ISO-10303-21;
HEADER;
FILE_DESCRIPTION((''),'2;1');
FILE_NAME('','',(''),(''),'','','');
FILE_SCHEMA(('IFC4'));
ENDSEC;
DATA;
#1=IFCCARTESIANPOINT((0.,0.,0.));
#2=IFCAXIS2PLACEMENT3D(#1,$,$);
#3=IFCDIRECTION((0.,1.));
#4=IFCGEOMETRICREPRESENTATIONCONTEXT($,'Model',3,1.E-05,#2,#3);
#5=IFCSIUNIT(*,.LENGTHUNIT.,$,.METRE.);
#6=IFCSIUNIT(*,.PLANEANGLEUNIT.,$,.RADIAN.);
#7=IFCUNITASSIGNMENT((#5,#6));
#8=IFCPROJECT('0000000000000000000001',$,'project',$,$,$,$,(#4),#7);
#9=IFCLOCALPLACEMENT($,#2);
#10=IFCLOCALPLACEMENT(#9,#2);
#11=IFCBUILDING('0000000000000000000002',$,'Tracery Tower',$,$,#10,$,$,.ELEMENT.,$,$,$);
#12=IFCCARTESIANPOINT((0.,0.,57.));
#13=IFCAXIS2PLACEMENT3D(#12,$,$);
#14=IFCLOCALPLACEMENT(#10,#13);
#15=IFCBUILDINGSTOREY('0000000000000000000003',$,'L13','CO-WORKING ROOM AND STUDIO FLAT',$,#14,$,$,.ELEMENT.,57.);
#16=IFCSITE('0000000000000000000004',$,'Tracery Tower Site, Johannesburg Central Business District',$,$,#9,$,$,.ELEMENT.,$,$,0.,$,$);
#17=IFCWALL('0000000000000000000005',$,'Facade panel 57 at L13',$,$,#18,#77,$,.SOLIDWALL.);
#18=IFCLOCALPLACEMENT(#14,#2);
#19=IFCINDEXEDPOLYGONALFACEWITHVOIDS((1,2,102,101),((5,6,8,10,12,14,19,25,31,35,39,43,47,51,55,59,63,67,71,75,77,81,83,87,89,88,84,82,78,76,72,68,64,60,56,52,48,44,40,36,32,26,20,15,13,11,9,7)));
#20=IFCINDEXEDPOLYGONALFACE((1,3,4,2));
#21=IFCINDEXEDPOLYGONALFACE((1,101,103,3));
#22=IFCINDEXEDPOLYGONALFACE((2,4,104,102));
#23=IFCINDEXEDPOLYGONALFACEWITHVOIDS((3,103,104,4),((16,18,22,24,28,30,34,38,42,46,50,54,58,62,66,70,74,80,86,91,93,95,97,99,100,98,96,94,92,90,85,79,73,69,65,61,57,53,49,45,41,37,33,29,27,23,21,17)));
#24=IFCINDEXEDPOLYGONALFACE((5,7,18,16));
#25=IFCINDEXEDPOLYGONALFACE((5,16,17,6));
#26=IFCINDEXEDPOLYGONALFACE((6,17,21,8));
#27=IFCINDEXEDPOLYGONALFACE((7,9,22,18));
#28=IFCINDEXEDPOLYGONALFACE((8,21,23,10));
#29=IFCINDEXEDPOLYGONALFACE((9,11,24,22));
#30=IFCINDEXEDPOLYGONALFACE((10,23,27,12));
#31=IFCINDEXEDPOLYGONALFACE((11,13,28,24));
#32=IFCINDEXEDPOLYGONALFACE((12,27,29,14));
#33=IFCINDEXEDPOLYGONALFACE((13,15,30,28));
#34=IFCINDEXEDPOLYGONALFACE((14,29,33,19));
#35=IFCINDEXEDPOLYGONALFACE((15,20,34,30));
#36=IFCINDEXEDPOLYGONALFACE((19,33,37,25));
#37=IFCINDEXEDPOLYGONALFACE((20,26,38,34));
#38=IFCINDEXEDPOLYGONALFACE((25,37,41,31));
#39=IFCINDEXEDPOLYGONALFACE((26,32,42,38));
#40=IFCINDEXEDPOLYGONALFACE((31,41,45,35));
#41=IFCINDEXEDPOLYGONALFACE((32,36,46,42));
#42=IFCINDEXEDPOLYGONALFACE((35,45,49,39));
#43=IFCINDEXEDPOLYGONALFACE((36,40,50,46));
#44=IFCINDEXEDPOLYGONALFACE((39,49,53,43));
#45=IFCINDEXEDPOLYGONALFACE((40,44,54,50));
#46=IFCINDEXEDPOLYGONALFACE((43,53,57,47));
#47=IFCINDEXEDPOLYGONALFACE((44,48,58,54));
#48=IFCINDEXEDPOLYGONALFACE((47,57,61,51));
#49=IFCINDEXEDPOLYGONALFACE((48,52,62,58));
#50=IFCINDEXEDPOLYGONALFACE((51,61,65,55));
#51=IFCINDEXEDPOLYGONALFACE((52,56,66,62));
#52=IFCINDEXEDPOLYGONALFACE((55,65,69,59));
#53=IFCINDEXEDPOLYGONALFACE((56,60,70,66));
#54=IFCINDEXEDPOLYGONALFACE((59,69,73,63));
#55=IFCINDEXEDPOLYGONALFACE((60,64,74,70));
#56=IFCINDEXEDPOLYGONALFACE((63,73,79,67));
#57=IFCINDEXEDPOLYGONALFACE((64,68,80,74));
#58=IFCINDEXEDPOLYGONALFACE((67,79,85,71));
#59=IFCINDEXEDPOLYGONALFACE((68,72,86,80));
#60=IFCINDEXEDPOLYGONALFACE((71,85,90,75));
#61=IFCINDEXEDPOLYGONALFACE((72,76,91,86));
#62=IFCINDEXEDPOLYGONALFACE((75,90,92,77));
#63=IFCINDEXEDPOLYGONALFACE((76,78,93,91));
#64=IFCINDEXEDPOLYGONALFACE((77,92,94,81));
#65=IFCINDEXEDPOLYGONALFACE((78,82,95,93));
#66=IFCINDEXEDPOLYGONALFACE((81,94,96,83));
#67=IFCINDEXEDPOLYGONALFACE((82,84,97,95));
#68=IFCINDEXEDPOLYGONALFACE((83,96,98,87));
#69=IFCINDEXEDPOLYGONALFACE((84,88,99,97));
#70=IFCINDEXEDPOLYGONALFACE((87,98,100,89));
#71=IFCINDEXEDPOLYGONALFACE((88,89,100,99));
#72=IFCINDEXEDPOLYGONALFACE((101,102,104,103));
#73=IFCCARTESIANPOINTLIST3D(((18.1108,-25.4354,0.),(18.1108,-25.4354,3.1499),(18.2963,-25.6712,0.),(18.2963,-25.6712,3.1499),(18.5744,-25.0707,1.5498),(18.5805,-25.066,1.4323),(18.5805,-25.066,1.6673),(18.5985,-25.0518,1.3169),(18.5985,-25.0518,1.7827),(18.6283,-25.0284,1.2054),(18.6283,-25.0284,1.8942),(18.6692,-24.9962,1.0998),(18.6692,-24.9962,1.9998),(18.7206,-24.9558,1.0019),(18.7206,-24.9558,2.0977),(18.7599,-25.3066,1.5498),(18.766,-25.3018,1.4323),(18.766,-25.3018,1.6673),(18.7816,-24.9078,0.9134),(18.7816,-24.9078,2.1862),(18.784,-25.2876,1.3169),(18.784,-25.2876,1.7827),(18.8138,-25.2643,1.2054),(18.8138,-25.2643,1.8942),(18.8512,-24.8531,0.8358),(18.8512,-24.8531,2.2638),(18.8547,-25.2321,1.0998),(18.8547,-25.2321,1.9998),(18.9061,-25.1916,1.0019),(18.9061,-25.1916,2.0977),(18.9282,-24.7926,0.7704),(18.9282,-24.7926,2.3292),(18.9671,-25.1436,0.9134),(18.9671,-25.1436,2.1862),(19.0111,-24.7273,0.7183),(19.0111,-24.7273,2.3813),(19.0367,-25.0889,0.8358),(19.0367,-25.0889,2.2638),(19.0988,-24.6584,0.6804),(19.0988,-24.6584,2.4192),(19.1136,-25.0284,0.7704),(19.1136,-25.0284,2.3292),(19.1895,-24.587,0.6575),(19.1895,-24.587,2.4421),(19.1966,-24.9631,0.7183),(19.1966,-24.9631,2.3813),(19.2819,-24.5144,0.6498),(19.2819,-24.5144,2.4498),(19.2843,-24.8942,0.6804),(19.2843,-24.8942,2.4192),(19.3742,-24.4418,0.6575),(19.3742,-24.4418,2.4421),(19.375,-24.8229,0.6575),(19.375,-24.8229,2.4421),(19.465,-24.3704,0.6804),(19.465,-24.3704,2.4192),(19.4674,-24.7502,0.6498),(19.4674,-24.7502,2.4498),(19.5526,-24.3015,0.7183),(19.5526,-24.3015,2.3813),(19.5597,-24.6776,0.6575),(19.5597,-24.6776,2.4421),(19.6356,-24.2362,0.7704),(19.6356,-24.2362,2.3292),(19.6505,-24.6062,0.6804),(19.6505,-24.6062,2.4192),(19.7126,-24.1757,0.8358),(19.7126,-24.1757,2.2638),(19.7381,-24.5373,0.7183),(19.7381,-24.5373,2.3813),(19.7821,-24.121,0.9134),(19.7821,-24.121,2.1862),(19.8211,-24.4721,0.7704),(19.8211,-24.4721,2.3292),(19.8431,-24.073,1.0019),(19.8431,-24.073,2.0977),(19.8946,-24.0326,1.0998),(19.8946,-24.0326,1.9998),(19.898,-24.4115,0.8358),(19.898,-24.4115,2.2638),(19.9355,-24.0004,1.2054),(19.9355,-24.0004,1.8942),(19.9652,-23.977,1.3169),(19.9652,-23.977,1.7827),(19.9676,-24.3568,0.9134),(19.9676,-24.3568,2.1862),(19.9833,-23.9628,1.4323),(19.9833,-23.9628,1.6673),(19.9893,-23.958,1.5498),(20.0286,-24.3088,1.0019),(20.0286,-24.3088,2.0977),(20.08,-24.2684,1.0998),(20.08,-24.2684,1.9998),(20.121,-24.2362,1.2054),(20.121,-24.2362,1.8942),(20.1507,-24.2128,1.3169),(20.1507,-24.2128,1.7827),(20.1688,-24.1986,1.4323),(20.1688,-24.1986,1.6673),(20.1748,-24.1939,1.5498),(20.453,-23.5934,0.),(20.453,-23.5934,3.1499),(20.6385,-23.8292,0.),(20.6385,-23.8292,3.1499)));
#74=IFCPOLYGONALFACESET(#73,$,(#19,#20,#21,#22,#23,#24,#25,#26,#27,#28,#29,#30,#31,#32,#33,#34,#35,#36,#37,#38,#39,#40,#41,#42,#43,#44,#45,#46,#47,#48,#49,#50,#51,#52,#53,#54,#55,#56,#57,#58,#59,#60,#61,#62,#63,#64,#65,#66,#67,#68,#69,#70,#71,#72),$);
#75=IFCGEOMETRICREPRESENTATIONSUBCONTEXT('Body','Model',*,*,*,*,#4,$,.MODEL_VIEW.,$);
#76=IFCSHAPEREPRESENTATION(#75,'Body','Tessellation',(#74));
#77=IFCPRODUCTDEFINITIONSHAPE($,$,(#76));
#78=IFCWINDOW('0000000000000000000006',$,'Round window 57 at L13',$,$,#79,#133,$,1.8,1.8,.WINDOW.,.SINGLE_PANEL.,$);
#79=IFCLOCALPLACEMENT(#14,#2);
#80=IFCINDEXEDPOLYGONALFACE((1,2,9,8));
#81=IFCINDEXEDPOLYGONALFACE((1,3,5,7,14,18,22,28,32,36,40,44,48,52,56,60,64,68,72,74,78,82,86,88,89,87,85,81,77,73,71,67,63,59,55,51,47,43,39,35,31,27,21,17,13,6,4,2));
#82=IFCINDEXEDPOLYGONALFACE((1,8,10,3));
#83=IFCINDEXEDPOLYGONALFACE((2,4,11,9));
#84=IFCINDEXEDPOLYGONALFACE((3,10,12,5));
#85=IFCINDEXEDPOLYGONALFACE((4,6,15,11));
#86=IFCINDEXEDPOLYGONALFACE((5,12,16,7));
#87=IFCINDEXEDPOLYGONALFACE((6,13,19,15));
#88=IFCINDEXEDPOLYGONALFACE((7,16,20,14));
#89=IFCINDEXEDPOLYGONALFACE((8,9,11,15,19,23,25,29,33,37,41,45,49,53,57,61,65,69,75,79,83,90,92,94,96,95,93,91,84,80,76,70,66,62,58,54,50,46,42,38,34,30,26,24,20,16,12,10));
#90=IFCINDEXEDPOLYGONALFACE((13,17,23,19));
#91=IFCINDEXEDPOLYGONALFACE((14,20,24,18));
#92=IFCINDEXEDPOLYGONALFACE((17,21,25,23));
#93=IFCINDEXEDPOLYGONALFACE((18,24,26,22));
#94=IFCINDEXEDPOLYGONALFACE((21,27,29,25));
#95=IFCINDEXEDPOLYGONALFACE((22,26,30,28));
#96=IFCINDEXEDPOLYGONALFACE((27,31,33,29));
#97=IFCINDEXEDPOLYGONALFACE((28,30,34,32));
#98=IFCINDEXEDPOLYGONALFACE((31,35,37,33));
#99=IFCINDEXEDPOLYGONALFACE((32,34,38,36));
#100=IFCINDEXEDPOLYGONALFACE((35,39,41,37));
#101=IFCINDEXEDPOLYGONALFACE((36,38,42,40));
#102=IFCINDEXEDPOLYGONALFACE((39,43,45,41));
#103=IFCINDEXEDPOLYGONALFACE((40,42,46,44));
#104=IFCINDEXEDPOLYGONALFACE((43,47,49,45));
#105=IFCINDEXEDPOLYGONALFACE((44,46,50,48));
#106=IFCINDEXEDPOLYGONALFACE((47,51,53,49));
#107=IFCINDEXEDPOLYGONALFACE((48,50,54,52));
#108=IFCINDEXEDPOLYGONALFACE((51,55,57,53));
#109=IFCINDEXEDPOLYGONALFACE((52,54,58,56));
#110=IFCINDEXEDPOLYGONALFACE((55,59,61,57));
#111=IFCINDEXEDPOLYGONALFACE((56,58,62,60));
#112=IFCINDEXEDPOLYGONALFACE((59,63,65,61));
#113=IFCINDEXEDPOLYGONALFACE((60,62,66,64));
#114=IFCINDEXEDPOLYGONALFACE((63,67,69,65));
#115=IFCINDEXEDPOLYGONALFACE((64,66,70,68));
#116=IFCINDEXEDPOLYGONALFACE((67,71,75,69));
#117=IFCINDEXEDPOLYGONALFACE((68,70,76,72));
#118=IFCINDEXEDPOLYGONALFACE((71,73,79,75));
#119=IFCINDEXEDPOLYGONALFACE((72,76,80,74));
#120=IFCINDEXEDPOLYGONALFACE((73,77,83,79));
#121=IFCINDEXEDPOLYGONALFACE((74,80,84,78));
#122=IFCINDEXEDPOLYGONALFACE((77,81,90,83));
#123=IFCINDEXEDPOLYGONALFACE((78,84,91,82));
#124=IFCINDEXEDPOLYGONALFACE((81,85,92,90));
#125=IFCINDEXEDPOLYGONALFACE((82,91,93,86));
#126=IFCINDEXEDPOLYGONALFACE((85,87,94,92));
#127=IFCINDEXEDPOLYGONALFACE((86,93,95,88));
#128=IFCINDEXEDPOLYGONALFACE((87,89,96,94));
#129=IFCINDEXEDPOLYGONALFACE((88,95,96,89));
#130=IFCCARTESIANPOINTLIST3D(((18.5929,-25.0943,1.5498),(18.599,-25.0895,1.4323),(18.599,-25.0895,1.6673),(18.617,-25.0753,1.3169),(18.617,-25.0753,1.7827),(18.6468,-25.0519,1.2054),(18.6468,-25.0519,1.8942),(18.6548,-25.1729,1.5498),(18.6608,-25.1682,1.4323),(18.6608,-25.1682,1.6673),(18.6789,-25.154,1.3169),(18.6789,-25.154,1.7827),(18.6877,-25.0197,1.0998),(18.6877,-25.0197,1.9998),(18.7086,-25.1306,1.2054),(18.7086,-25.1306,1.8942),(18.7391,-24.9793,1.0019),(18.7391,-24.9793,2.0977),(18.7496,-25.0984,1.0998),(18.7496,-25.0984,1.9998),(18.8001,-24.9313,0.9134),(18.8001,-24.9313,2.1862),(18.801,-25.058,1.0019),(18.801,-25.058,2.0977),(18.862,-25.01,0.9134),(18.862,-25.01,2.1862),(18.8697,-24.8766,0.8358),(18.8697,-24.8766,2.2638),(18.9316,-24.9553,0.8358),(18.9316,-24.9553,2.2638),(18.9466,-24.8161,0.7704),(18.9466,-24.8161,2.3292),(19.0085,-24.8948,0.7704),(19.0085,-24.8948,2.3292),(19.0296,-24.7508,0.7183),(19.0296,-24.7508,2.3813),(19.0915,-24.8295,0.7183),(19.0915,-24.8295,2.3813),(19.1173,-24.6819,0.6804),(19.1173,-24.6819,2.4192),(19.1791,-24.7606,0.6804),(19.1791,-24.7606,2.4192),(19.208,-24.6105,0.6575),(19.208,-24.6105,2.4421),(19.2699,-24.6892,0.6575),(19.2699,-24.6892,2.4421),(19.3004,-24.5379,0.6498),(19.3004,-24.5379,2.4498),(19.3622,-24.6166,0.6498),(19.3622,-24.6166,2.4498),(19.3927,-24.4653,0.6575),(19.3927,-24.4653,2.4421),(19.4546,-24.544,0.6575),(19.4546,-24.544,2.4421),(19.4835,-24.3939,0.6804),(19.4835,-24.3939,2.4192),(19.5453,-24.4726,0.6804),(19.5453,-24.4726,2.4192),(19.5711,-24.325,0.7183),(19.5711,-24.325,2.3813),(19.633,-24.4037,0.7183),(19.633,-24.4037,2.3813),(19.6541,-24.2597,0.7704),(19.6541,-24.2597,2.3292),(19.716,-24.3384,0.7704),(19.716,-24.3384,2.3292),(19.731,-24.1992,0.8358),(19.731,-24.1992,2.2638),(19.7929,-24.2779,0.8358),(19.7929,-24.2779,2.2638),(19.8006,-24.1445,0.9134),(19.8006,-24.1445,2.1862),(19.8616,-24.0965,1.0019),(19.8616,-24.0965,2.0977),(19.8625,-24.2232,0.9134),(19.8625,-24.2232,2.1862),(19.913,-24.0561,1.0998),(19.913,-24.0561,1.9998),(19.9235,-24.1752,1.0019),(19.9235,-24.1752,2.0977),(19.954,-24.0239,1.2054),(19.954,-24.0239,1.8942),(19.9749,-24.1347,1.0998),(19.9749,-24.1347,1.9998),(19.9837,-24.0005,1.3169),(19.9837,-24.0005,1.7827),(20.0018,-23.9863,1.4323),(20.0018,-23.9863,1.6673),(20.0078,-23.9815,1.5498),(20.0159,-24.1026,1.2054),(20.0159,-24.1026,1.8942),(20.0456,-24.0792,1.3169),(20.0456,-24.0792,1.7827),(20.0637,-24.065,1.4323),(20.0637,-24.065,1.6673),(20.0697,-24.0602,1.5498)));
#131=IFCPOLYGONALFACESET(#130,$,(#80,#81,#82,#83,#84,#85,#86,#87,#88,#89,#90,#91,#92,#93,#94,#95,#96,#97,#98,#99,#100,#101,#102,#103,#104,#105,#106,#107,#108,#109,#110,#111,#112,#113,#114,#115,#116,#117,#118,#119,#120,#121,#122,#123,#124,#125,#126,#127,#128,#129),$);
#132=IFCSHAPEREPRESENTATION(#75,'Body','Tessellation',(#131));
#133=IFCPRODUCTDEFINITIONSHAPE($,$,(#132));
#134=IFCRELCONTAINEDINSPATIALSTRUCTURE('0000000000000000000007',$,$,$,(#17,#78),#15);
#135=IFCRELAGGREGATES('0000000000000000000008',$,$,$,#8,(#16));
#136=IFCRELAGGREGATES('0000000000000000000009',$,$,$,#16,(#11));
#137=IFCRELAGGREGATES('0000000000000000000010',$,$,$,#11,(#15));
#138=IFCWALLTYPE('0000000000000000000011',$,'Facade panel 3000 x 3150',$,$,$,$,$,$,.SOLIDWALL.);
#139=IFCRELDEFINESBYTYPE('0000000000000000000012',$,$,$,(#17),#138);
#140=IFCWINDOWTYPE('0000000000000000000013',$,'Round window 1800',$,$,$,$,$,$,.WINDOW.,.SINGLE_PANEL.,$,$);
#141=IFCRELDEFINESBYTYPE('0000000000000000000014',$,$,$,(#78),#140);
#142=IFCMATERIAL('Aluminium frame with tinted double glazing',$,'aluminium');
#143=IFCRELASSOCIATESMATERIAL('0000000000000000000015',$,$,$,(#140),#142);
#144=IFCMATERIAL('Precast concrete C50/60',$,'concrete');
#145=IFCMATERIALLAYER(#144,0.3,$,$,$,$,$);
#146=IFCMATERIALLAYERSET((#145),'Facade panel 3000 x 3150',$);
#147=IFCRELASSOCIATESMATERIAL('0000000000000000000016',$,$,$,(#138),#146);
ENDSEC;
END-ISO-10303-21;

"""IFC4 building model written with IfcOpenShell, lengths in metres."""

from ifc_helpers import new_model, si_unit, direction, frame, frame_2d, origin, origin_2d, place, context, subcontext, project, spatial, rectangle, circle, extrude, material, layer, layer_set, type_object, element, fill, save


model = new_model("IFC4")

# Units and contexts
model_context = context("Model", 3, precision=1e-05, world=origin(), true_north=direction((0.0, 1.0)))
body_context = subcontext(model_context, "Body", "Model", "MODEL_VIEW")
ifc_project = project(units=[si_unit("LENGTHUNIT", "METRE"), si_unit("PLANEANGLEUNIT", "RADIAN")], contexts=[model_context])

# Site, building, storey
site_placement = place(None, origin())
site = spatial("IfcSite", under=ifc_project, at=site_placement, Name="Tracery Tower Site, Johannesburg Central Business District", CompositionType="ELEMENT", RefElevation=0.0)
building_placement = place(site_placement, origin())
building = spatial("IfcBuilding", under=site, at=building_placement, Name="Tracery Tower", CompositionType="ELEMENT")
storey_placement = place(building_placement, frame((0.0, 0.0, 57.0)))
storey = spatial("IfcBuildingStorey", under=building, at=storey_placement, Name="L13", Description="CO-WORKING ROOM AND STUDIO FLAT", CompositionType="ELEMENT", Elevation=57.0)

# Wall, opening, window
ifc_material_1 = material(Name="Aluminium frame with tinted double glazing", Category="aluminium")
window_type = type_object("IfcWindowType", Name="Round window 1800", PartitioningType="SINGLE_PANEL", PredefinedType="WINDOW", material=ifc_material_1)
ifc_material_2 = material(Name="Precast concrete C50/60", Category="concrete")
ifc_layer_1 = layer(ifc_material_2, 0.3)
ifc_layer_set_1 = layer_set([ifc_layer_1], Name="Facade panel 3000 x 3150")
wall_type_1 = type_object("IfcWallType", Name="Facade panel 3000 x 3150", PredefinedType="SOLIDWALL", material=ifc_layer_set_1)
wall_1_placement = place(storey_placement, frame((18.2036, -25.5532, 0.0), z_axis=(0.0, 0.0, 1.0), x_axis=(0.786045, 0.618169, 0.0)))
wall_1 = element("IfcWall", 1, at=wall_1_placement, inside=storey, type_object=wall_type_1, Name="Facade panel 57 at L13", PredefinedType="SOLIDWALL", context=body_context, shape_type="SweptSolid", body=[
    extrude(rectangle(XDim=2.9797, YDim=0.3, at=frame_2d((1.4897, 0.0))), origin(), (0.0, 0.0, 1.0), 3.1499),
])
opening_1_placement = place(wall_1_placement, frame((1.4897, 0.0, 1.5498)))
opening_1 = element("IfcOpeningElement", 2, at=opening_1_placement, cuts=wall_1, PredefinedType="OPENING", context=body_context, shape_type="SweptSolid", body=[
    extrude(circle(Radius=0.9, at=origin_2d()), frame((0.0, 0.1599, 0.0), z_axis=(0.0, -1.0, 0.0), x_axis=(1.0, 0.0, 0.0)), (0.0, 0.0, 1.0), 0.3201),
])
window_1_placement = place(opening_1_placement, origin())
window_1 = element("IfcWindow", 3, at=window_1_placement, inside=storey, type_object=window_type, Name="Round window 57 at L13", OverallHeight=1.8, OverallWidth=1.8, PartitioningType="SINGLE_PANEL", PredefinedType="WINDOW", context=body_context, shape_type="SweptSolid", body=[
    extrude(circle(Radius=0.9, at=origin_2d()), frame((0.0, 0.1201, 0.0), z_axis=(0.0, -1.0, 0.0), x_axis=(1.0, 0.0, 0.0)), (0.0, 0.0, 1.0), 0.1001),
])
fill(opening_1, window_1)

save(model, "model.ifc")
